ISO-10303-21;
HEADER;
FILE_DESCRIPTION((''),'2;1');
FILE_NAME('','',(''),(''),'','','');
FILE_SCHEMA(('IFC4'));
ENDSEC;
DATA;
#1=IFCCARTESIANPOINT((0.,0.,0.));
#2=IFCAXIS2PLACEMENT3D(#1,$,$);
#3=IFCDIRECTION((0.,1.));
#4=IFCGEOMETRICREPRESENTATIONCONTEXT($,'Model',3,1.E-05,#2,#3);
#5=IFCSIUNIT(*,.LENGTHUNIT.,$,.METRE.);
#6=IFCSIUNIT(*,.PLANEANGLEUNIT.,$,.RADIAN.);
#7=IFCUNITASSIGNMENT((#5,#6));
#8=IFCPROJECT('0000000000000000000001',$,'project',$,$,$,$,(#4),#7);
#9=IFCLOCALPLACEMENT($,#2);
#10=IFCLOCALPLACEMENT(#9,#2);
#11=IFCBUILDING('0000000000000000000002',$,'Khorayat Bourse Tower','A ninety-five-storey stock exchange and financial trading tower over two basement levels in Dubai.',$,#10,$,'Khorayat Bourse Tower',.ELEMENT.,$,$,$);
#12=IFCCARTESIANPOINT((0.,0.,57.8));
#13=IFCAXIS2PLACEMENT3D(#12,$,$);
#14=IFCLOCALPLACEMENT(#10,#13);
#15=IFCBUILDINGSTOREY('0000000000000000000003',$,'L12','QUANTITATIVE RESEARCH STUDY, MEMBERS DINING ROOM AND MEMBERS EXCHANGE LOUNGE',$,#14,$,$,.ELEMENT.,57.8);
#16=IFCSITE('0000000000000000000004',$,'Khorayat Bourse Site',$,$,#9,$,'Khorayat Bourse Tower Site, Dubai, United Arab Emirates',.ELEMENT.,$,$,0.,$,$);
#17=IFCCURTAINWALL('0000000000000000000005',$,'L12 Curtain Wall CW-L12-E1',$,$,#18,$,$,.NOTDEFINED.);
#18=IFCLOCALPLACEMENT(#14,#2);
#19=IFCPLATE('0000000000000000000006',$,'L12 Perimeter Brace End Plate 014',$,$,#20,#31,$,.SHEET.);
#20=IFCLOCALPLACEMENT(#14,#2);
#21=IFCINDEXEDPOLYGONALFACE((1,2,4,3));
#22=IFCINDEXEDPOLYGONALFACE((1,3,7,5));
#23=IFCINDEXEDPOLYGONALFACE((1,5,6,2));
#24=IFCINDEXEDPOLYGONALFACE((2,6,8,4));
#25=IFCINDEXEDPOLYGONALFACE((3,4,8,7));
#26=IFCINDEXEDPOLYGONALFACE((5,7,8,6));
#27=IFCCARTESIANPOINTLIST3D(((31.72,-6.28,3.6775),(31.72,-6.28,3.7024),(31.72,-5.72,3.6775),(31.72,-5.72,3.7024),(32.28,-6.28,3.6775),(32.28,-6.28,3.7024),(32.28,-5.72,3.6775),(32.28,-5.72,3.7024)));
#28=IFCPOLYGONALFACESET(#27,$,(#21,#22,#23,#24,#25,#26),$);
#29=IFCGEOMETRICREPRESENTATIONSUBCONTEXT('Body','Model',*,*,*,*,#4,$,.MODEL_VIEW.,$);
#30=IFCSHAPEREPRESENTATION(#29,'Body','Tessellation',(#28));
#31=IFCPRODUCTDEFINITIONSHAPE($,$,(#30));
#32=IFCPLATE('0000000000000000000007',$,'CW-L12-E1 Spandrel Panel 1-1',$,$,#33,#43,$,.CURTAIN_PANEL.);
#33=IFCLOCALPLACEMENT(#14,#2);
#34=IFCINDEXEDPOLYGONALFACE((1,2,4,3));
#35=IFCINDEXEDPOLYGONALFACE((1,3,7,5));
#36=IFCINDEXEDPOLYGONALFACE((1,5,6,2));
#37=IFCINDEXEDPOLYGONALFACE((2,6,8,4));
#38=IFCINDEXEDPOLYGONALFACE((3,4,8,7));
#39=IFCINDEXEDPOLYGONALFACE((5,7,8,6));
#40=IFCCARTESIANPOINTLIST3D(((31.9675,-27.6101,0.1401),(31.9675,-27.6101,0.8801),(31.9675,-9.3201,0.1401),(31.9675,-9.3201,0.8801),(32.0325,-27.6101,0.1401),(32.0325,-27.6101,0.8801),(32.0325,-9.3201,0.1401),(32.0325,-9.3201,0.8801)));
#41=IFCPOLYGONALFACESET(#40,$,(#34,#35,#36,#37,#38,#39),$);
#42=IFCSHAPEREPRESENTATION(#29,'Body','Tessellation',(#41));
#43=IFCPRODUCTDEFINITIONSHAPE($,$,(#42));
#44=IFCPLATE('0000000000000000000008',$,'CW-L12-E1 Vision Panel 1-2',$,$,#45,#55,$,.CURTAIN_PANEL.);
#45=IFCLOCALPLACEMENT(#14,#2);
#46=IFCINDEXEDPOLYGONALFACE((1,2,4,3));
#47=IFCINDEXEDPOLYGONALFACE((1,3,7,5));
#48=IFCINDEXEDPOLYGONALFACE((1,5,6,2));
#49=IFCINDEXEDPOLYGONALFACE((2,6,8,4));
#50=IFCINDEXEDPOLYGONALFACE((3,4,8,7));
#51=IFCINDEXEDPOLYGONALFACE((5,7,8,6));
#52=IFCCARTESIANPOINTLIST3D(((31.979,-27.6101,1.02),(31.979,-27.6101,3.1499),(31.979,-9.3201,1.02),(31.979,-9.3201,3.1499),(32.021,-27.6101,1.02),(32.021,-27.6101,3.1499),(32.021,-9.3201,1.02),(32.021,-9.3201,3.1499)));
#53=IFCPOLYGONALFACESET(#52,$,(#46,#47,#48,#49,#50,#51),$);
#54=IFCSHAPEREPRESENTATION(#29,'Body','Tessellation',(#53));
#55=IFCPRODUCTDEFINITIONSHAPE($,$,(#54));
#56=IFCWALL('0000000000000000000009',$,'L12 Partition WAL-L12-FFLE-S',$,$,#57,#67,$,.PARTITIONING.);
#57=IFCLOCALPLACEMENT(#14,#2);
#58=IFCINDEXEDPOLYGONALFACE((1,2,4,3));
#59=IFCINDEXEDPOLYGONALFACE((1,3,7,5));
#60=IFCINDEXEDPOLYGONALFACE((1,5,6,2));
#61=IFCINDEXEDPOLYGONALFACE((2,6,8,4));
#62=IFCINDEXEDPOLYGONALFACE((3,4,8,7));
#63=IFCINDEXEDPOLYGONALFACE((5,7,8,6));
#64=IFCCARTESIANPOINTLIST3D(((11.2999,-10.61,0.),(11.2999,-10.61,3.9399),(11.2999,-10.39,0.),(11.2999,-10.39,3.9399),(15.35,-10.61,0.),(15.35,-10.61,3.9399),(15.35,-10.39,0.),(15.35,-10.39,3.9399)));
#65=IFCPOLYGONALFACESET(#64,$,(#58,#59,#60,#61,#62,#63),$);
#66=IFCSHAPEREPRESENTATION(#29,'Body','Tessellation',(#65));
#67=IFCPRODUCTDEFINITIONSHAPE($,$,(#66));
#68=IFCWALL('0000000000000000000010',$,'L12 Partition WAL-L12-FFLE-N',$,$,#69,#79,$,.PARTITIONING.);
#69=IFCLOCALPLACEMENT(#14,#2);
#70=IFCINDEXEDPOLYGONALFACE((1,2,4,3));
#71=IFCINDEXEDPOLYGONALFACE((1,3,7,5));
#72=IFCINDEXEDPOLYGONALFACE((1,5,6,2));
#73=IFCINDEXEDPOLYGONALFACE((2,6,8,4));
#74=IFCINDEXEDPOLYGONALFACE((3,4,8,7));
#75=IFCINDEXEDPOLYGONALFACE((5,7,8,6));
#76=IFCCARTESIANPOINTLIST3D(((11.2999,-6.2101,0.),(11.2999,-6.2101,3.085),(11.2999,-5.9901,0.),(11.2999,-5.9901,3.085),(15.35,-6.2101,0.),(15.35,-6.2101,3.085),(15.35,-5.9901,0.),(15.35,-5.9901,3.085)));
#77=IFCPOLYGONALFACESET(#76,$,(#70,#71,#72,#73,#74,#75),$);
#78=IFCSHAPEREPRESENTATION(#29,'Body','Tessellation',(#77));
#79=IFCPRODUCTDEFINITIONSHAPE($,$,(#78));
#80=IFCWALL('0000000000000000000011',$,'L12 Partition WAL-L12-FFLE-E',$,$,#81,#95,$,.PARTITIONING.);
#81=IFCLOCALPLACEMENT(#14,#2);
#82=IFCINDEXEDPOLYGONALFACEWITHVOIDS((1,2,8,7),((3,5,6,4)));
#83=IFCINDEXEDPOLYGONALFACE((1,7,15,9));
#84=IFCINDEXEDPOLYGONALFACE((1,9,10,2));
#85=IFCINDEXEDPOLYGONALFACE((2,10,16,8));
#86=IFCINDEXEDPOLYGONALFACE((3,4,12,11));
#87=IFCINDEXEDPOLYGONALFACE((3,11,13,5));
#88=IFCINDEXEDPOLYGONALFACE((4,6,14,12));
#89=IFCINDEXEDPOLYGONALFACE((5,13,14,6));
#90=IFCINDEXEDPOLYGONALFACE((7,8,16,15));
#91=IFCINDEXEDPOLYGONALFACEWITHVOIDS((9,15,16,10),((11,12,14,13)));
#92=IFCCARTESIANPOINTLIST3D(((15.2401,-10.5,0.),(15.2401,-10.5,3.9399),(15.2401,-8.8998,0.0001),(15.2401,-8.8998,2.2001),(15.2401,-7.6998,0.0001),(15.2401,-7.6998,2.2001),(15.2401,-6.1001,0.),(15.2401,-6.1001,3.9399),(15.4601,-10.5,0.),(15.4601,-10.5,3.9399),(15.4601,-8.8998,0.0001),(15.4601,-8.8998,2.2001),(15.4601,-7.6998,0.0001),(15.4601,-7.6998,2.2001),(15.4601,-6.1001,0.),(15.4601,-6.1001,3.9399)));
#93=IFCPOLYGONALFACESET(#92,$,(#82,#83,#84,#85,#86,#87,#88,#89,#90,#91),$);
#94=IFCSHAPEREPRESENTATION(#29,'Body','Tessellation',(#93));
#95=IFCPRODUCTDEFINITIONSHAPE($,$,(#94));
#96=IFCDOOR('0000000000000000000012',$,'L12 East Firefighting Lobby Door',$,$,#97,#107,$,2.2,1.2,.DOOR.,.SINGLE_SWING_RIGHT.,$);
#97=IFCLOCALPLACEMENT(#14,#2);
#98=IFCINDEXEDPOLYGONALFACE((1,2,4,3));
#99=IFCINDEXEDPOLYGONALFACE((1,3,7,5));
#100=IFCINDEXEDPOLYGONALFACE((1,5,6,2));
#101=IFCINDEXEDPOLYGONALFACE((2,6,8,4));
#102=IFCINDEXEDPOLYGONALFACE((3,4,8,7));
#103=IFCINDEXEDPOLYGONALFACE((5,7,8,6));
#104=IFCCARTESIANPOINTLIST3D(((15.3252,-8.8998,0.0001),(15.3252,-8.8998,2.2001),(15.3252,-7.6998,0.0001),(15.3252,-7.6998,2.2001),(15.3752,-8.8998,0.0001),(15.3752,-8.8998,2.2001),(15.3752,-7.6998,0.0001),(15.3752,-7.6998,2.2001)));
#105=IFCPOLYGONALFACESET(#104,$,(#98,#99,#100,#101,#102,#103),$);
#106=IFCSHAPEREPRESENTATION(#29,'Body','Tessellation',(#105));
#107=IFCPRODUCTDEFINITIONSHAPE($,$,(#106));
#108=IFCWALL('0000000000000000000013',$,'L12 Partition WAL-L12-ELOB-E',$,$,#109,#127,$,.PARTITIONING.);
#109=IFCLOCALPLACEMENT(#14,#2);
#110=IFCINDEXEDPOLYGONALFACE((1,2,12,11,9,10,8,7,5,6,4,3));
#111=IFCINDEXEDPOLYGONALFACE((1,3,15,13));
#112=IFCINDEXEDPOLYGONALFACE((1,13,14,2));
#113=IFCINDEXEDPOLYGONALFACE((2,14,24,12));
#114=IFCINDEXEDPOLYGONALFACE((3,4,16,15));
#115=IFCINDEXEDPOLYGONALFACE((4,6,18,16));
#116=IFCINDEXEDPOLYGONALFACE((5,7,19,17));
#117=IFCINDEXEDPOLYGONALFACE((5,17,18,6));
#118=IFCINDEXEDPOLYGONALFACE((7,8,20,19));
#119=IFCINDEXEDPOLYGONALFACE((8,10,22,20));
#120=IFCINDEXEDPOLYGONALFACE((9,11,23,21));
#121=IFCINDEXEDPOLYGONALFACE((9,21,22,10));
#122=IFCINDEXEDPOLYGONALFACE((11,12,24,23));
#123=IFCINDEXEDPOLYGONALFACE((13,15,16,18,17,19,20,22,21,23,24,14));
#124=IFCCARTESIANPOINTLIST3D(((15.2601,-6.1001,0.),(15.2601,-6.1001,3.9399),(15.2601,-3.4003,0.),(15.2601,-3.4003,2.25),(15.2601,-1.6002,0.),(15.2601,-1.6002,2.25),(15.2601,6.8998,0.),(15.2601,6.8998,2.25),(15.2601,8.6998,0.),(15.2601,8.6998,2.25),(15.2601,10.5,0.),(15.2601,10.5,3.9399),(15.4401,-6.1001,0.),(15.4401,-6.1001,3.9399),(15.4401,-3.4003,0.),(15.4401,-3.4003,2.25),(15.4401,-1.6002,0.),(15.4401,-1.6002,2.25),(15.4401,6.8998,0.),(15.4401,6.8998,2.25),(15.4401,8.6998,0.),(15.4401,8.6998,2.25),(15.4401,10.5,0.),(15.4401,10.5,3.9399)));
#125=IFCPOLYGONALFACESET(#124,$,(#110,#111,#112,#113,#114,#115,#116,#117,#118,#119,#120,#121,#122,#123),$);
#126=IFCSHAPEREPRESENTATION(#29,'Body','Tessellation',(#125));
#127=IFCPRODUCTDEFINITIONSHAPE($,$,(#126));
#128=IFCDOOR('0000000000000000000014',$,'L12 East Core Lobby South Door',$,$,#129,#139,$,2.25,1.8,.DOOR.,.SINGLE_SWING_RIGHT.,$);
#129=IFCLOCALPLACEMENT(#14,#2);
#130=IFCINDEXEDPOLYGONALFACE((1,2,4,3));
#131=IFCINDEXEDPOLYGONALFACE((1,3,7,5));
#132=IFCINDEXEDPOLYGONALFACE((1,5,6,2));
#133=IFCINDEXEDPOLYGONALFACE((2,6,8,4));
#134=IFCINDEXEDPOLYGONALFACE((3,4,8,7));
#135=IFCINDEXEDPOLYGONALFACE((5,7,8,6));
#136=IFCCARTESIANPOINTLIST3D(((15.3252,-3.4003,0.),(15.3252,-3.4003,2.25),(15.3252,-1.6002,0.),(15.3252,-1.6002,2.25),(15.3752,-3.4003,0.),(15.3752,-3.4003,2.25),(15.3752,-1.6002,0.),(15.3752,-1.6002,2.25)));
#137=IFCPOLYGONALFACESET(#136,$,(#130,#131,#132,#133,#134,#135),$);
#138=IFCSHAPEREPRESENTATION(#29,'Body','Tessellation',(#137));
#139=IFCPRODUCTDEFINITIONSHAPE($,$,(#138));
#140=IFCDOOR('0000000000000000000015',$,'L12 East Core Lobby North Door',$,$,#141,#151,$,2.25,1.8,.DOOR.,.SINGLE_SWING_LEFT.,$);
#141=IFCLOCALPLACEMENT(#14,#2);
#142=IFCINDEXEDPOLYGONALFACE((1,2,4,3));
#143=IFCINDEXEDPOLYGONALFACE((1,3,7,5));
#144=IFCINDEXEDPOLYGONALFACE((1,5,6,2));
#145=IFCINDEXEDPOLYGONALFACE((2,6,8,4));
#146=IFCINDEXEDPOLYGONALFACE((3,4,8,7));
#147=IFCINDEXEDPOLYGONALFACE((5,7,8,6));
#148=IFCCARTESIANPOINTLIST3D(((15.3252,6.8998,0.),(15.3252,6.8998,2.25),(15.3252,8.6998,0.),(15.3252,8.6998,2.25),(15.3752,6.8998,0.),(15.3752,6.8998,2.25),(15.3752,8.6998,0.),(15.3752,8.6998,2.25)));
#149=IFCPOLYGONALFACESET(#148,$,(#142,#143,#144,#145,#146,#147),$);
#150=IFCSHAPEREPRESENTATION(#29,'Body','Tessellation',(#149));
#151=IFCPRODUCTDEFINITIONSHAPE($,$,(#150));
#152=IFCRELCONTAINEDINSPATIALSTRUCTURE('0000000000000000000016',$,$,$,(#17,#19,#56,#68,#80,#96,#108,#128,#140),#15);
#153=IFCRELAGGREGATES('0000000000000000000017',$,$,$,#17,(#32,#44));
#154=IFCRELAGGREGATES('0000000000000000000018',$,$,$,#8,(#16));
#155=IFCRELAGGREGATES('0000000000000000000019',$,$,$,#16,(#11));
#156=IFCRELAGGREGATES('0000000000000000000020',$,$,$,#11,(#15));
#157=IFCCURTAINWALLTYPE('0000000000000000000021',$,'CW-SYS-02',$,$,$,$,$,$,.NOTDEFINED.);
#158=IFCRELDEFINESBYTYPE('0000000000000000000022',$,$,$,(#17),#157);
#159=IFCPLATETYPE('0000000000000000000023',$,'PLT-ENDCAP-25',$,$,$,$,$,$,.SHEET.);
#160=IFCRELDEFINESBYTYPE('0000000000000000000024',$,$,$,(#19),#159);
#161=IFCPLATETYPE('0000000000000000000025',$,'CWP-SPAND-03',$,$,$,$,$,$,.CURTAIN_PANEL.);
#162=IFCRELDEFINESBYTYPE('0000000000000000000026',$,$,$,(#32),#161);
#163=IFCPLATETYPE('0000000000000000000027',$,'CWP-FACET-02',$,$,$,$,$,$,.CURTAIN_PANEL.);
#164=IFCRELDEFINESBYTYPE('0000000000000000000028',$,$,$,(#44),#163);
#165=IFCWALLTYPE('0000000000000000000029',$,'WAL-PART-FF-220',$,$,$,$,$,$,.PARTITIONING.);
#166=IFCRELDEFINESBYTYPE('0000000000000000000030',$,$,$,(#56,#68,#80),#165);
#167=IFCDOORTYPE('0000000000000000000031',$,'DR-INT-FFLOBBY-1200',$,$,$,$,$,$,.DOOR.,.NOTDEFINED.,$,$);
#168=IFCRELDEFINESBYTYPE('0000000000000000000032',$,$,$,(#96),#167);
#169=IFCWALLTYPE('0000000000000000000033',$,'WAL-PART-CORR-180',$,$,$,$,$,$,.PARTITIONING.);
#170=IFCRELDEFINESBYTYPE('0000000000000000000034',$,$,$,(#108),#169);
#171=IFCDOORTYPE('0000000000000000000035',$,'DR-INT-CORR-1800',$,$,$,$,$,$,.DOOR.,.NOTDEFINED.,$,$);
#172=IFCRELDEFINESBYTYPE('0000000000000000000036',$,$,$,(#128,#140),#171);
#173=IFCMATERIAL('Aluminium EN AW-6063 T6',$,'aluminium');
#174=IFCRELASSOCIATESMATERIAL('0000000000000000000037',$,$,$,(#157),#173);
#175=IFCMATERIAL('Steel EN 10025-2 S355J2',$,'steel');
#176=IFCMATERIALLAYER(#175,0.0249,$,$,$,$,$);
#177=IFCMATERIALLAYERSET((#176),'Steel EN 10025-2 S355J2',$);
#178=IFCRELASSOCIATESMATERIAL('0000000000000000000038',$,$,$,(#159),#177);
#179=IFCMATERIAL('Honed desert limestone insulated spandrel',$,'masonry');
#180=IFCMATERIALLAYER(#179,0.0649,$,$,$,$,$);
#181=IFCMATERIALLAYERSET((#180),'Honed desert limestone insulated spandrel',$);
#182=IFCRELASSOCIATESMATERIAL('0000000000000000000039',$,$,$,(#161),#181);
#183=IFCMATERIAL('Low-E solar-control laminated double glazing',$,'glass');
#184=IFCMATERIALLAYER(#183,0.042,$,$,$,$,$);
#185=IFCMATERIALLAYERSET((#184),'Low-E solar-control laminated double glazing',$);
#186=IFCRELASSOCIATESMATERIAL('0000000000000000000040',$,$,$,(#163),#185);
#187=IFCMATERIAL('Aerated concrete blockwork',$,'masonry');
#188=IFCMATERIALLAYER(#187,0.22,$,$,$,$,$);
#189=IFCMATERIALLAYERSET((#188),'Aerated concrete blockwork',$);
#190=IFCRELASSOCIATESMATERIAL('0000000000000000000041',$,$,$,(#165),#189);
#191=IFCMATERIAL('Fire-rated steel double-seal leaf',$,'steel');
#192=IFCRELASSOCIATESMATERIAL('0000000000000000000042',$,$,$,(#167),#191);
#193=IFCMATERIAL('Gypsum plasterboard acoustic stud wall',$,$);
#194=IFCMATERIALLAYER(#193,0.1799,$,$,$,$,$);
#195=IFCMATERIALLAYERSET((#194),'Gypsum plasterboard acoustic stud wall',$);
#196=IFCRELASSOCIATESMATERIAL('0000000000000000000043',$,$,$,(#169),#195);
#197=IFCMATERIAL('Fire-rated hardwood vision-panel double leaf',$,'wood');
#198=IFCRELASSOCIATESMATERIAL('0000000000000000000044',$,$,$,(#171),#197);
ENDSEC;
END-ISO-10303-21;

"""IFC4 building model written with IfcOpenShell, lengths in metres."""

from ifc_helpers import new_model, si_unit, direction, frame, frame_2d, origin, origin_2d, place, context, subcontext, project, spatial, rectangle, extrude, source, transform, mapped, material, layer, layer_set, type_object, element, fill, aggregate, save


model = new_model("IFC4")

# Units and contexts
model_context = context("Model", 3, precision=1e-05, world=origin(), true_north=direction((0.0, 1.0)))
body_context = subcontext(model_context, "Body", "Model", "MODEL_VIEW")
ifc_project = project(units=[si_unit("LENGTHUNIT", "METRE"), si_unit("PLANEANGLEUNIT", "RADIAN")], contexts=[model_context])

# Site, building, storey
site_placement = place(None, origin())
site = spatial("IfcSite", under=ifc_project, at=site_placement, Name="Khorayat Bourse Site", LongName="Khorayat Bourse Tower Site, Dubai, United Arab Emirates", CompositionType="ELEMENT", RefElevation=0.0)
building_placement = place(site_placement, origin())
building = spatial("IfcBuilding", under=site, at=building_placement, Name="Khorayat Bourse Tower", Description="A ninety-five-storey stock exchange and financial trading tower over two basement levels in Dubai.", LongName="Khorayat Bourse Tower", CompositionType="ELEMENT")
storey_placement = place(building_placement, frame((0.0, 0.0, 57.8)))
storey = spatial("IfcBuildingStorey", under=building, at=storey_placement, Name="L12", Description="QUANTITATIVE RESEARCH STUDY, MEMBERS DINING ROOM AND MEMBERS EXCHANGE LOUNGE", CompositionType="ELEMENT", Elevation=57.8)

# Curtain wall
ifc_material_1 = material(Name="Aluminium EN AW-6063 T6", Category="aluminium")
curtain_wall_type = type_object("IfcCurtainWallType", Name="CW-SYS-02", PredefinedType="NOTDEFINED", material=ifc_material_1)
curtain_wall_placement = place(storey_placement, origin())
curtain_wall = element("IfcCurtainWall", 1, at=curtain_wall_placement, inside=storey, type_object=curtain_wall_type, Name="L12 Curtain Wall CW-L12-E1", PredefinedType="NOTDEFINED")

# Plate
ifc_material_2 = material(Name="Steel EN 10025-2 S355J2", Category="steel")
ifc_layer_1 = layer(ifc_material_2, 0.0249)
ifc_layer_set_1 = layer_set([ifc_layer_1], Name="Steel EN 10025-2 S355J2")
plate_type_1 = type_object("IfcPlateType", Name="PLT-ENDCAP-25", PredefinedType="SHEET", material=ifc_layer_set_1)
shared_shape_1 = source(origin(), body_context, "Body", "SweptSolid", [
    extrude(rectangle(XDim=0.5601, YDim=0.5601, at=origin_2d()), origin(), (0.0, 0.0, 1.0), 0.0249),
])
for number, where, z_axis, x_axis, name in (
    (2, (32.0, -6.0, 3.6775), (0.0, 0.0, 1.0), (1.0, 0.0, 0.0), "L12 Perimeter Brace End Plate 014"),
):
    element("IfcPlate", number, at=place(storey_placement, frame(where, z_axis=z_axis, x_axis=x_axis)), inside=storey, type_object=plate_type_1, Name=name, PredefinedType="SHEET", context=body_context, shape_type="MappedRepresentation", body=[
        mapped(shared_shape_1, transform((0.0, 0.0, 0.0), scale=1.0)),
    ])

# Plates
ifc_material_3 = material(Name="Honed desert limestone insulated spandrel", Category="masonry")
ifc_layer_2 = layer(ifc_material_3, 0.0649)
ifc_layer_set_2 = layer_set([ifc_layer_2], Name="Honed desert limestone insulated spandrel")
plate_type_2 = type_object("IfcPlateType", Name="CWP-SPAND-03", PredefinedType="CURTAIN_PANEL", material=ifc_layer_set_2)
shared_shape_2 = source(origin(), body_context, "Body", "SweptSolid", [
    extrude(rectangle(XDim=18.29, YDim=0.0649, at=origin_2d()), origin(), (0.0, 0.0, 1.0), 0.74),
])
plate_1_placement = place(storey_placement, frame((32.0, -18.4651, 0.1401), z_axis=(0.0, 0.0, 1.0), x_axis=(0.0, 1.0, 0.0)))
plate_1 = element("IfcPlate", 3, at=plate_1_placement, type_object=plate_type_2, Name="CW-L12-E1 Spandrel Panel 1-1", PredefinedType="CURTAIN_PANEL", context=body_context, shape_type="MappedRepresentation", body=[
    mapped(shared_shape_2, transform((0.0, 0.0, 0.0), scale=1.0)),
])
ifc_material_4 = material(Name="Low-E solar-control laminated double glazing", Category="glass")
ifc_layer_3 = layer(ifc_material_4, 0.042)
ifc_layer_set_3 = layer_set([ifc_layer_3], Name="Low-E solar-control laminated double glazing")
plate_type_3 = type_object("IfcPlateType", Name="CWP-FACET-02", PredefinedType="CURTAIN_PANEL", material=ifc_layer_set_3)
shared_shape_3 = source(origin(), body_context, "Body", "SweptSolid", [
    extrude(rectangle(XDim=18.29, YDim=0.042, at=origin_2d()), origin(), (0.0, 0.0, 1.0), 2.1299),
])
plate_2_placement = place(storey_placement, frame((32.0, -18.4651, 1.02), z_axis=(0.0, 0.0, 1.0), x_axis=(0.0, 1.0, 0.0)))
plate_2 = element("IfcPlate", 4, at=plate_2_placement, type_object=plate_type_3, Name="CW-L12-E1 Vision Panel 1-2", PredefinedType="CURTAIN_PANEL", context=body_context, shape_type="MappedRepresentation", body=[
    mapped(shared_shape_3, transform((0.0, 0.0, 0.0), scale=1.0)),
])
aggregate(curtain_wall, [plate_1, plate_2])

# Walls
ifc_material_5 = material(Name="Aerated concrete blockwork", Category="masonry")
ifc_layer_4 = layer(ifc_material_5, 0.22)
ifc_layer_set_4 = layer_set([ifc_layer_4], Name="Aerated concrete blockwork")
wall_type_1 = type_object("IfcWallType", Name="WAL-PART-FF-220", PredefinedType="PARTITIONING", material=ifc_layer_set_4)
shared_shape_4 = source(origin(), body_context, "Body", "SweptSolid", [
    extrude(rectangle(XDim=4.05, YDim=0.22, at=frame_2d((2.0249, 0.0))), origin(), (0.0, 0.0, 1.0), 3.9399),
])
wall_1_placement = place(storey_placement, frame((11.3, -10.5, 0.0), z_axis=(0.0, 0.0, 1.0), x_axis=(1.0, 0.0, 0.0)))
element("IfcWall", 5, at=wall_1_placement, inside=storey, type_object=wall_type_1, Name="L12 Partition WAL-L12-FFLE-S", PredefinedType="PARTITIONING", context=body_context, shape_type="MappedRepresentation", body=[
    mapped(shared_shape_4, transform((0.0, 0.0, 0.0), scale=1.0)),
])
shared_shape_5 = source(origin(), body_context, "Body", "SweptSolid", [
    extrude(rectangle(XDim=4.05, YDim=0.22, at=frame_2d((2.0249, 0.0))), origin(), (0.0, 0.0, 1.0), 3.085),
])
wall_2_placement = place(storey_placement, frame((11.3, -6.1001, 0.0), z_axis=(0.0, 0.0, 1.0), x_axis=(1.0, 0.0, 0.0)))
element("IfcWall", 6, at=wall_2_placement, inside=storey, type_object=wall_type_1, Name="L12 Partition WAL-L12-FFLE-N", PredefinedType="PARTITIONING", context=body_context, shape_type="MappedRepresentation", body=[
    mapped(shared_shape_5, transform((0.0, 0.0, 0.0), scale=1.0)),
])

# Wall, opening, door
shared_shape_6 = source(origin(), body_context, "Body", "SweptSolid", [
    extrude(rectangle(XDim=4.3999, YDim=0.22, at=frame_2d((2.2, 0.0))), origin(), (0.0, 0.0, 1.0), 3.9399),
])
wall_3_placement = place(storey_placement, frame((15.3501, -10.5, 0.0), z_axis=(0.0, 0.0, 1.0), x_axis=(0.0, 1.0, 0.0)))
wall_3 = element("IfcWall", 7, at=wall_3_placement, inside=storey, type_object=wall_type_1, Name="L12 Partition WAL-L12-FFLE-E", PredefinedType="PARTITIONING", context=body_context, shape_type="MappedRepresentation", body=[
    mapped(shared_shape_6, transform((0.0, 0.0, 0.0), scale=1.0)),
])
shared_shape_7 = source(origin(), body_context, "Body", "SweptSolid", [
    extrude(rectangle(XDim=1.2, YDim=2.2, at=frame_2d((0.6001, 1.1001))), frame((0.0, 0.1199, 0.0), z_axis=(0.0, -1.0, 0.0), x_axis=(1.0, 0.0, 0.0)), (0.0, 0.0, 1.0), 0.24),
])
opening_1_placement = place(wall_3_placement, frame((1.6001, 0.0, 0.0)))
opening_1 = element("IfcOpeningElement", 8, at=opening_1_placement, cuts=wall_3, PredefinedType="OPENING", context=body_context, shape_type="MappedRepresentation", body=[
    mapped(shared_shape_7, transform((0.0, 0.0, 0.0), scale=1.0)),
])
ifc_material_6 = material(Name="Fire-rated steel double-seal leaf", Category="steel")
door_type_1 = type_object("IfcDoorType", Name="DR-INT-FFLOBBY-1200", OperationType="NOTDEFINED", PredefinedType="DOOR", material=ifc_material_6)
shared_shape_8 = source(origin(), body_context, "Body", "SweptSolid", [
    extrude(rectangle(XDim=1.2, YDim=2.2, at=frame_2d((0.6001, 1.1001))), frame((0.0, 0.0249, 0.0), z_axis=(0.0, -1.0, 0.0), x_axis=(1.0, 0.0, 0.0)), (0.0, 0.0, 1.0), 0.05),
])
door_1_placement = place(opening_1_placement, origin())
door_1 = element("IfcDoor", 9, at=door_1_placement, inside=storey, type_object=door_type_1, Name="L12 East Firefighting Lobby Door", OperationType="SINGLE_SWING_RIGHT", OverallHeight=2.2, OverallWidth=1.2, PredefinedType="DOOR", context=body_context, shape_type="MappedRepresentation", body=[
    mapped(shared_shape_8, transform((0.0, 0.0, 0.0), scale=1.0)),
])
fill(opening_1, door_1)

# Wall, openings, doors
ifc_material_7 = material(Name="Gypsum plasterboard acoustic stud wall")
ifc_layer_5 = layer(ifc_material_7, 0.1799)
ifc_layer_set_5 = layer_set([ifc_layer_5], Name="Gypsum plasterboard acoustic stud wall")
wall_type_2 = type_object("IfcWallType", Name="WAL-PART-CORR-180", PredefinedType="PARTITIONING", material=ifc_layer_set_5)
shared_shape_9 = source(origin(), body_context, "Body", "SweptSolid", [
    extrude(rectangle(XDim=16.6001, YDim=0.1799, at=frame_2d((8.3, 0.0))), origin(), (0.0, 0.0, 1.0), 3.9399),
])
wall_4_placement = place(storey_placement, frame((15.3501, -6.1001, 0.0), z_axis=(0.0, 0.0, 1.0), x_axis=(0.0, 1.0, 0.0)))
wall_4 = element("IfcWall", 10, at=wall_4_placement, inside=storey, type_object=wall_type_2, Name="L12 Partition WAL-L12-ELOB-E", PredefinedType="PARTITIONING", context=body_context, shape_type="MappedRepresentation", body=[
    mapped(shared_shape_9, transform((0.0, 0.0, 0.0), scale=1.0)),
])
shared_shape_10 = source(origin(), body_context, "Body", "SweptSolid", [
    extrude(rectangle(XDim=1.8, YDim=2.25, at=frame_2d((0.8999, 1.125))), frame((0.0, 0.0999, 0.0), z_axis=(0.0, -1.0, 0.0), x_axis=(1.0, 0.0, 0.0)), (0.0, 0.0, 1.0), 0.2),
])
opening_2_placement = place(wall_4_placement, frame((2.7, 0.0, 0.0)))
opening_2 = element("IfcOpeningElement", 11, at=opening_2_placement, cuts=wall_4, PredefinedType="OPENING", context=body_context, shape_type="MappedRepresentation", body=[
    mapped(shared_shape_10, transform((0.0, 0.0, 0.0), scale=1.0)),
])
opening_3_placement = place(wall_4_placement, frame((13.0, 0.0, 0.0)))
opening_3 = element("IfcOpeningElement", 12, at=opening_3_placement, cuts=wall_4, PredefinedType="OPENING", context=body_context, shape_type="MappedRepresentation", body=[
    mapped(shared_shape_10, transform((0.0, 0.0, 0.0), scale=1.0)),
])
ifc_material_8 = material(Name="Fire-rated hardwood vision-panel double leaf", Category="wood")
door_type_2 = type_object("IfcDoorType", Name="DR-INT-CORR-1800", OperationType="NOTDEFINED", PredefinedType="DOOR", material=ifc_material_8)
shared_shape_11 = source(origin(), body_context, "Body", "SweptSolid", [
    extrude(rectangle(XDim=1.8, YDim=2.25, at=frame_2d((0.8999, 1.125))), frame((0.0, 0.0249, 0.0), z_axis=(0.0, -1.0, 0.0), x_axis=(1.0, 0.0, 0.0)), (0.0, 0.0, 1.0), 0.05),
])
door_2_placement = place(opening_2_placement, origin())
door_2 = element("IfcDoor", 13, at=door_2_placement, inside=storey, type_object=door_type_2, Name="L12 East Core Lobby South Door", OperationType="SINGLE_SWING_RIGHT", OverallHeight=2.25, OverallWidth=1.8, PredefinedType="DOOR", context=body_context, shape_type="MappedRepresentation", body=[
    mapped(shared_shape_11, transform((0.0, 0.0, 0.0), scale=1.0)),
])
fill(opening_2, door_2)
door_3_placement = place(opening_3_placement, origin())
door_3 = element("IfcDoor", 14, at=door_3_placement, inside=storey, type_object=door_type_2, Name="L12 East Core Lobby North Door", OperationType="SINGLE_SWING_LEFT", OverallHeight=2.25, OverallWidth=1.8, PredefinedType="DOOR", context=body_context, shape_type="MappedRepresentation", body=[
    mapped(shared_shape_11, transform((0.0, 0.0, 0.0), scale=1.0)),
])
fill(opening_3, door_3)

save(model, "model.ifc")
